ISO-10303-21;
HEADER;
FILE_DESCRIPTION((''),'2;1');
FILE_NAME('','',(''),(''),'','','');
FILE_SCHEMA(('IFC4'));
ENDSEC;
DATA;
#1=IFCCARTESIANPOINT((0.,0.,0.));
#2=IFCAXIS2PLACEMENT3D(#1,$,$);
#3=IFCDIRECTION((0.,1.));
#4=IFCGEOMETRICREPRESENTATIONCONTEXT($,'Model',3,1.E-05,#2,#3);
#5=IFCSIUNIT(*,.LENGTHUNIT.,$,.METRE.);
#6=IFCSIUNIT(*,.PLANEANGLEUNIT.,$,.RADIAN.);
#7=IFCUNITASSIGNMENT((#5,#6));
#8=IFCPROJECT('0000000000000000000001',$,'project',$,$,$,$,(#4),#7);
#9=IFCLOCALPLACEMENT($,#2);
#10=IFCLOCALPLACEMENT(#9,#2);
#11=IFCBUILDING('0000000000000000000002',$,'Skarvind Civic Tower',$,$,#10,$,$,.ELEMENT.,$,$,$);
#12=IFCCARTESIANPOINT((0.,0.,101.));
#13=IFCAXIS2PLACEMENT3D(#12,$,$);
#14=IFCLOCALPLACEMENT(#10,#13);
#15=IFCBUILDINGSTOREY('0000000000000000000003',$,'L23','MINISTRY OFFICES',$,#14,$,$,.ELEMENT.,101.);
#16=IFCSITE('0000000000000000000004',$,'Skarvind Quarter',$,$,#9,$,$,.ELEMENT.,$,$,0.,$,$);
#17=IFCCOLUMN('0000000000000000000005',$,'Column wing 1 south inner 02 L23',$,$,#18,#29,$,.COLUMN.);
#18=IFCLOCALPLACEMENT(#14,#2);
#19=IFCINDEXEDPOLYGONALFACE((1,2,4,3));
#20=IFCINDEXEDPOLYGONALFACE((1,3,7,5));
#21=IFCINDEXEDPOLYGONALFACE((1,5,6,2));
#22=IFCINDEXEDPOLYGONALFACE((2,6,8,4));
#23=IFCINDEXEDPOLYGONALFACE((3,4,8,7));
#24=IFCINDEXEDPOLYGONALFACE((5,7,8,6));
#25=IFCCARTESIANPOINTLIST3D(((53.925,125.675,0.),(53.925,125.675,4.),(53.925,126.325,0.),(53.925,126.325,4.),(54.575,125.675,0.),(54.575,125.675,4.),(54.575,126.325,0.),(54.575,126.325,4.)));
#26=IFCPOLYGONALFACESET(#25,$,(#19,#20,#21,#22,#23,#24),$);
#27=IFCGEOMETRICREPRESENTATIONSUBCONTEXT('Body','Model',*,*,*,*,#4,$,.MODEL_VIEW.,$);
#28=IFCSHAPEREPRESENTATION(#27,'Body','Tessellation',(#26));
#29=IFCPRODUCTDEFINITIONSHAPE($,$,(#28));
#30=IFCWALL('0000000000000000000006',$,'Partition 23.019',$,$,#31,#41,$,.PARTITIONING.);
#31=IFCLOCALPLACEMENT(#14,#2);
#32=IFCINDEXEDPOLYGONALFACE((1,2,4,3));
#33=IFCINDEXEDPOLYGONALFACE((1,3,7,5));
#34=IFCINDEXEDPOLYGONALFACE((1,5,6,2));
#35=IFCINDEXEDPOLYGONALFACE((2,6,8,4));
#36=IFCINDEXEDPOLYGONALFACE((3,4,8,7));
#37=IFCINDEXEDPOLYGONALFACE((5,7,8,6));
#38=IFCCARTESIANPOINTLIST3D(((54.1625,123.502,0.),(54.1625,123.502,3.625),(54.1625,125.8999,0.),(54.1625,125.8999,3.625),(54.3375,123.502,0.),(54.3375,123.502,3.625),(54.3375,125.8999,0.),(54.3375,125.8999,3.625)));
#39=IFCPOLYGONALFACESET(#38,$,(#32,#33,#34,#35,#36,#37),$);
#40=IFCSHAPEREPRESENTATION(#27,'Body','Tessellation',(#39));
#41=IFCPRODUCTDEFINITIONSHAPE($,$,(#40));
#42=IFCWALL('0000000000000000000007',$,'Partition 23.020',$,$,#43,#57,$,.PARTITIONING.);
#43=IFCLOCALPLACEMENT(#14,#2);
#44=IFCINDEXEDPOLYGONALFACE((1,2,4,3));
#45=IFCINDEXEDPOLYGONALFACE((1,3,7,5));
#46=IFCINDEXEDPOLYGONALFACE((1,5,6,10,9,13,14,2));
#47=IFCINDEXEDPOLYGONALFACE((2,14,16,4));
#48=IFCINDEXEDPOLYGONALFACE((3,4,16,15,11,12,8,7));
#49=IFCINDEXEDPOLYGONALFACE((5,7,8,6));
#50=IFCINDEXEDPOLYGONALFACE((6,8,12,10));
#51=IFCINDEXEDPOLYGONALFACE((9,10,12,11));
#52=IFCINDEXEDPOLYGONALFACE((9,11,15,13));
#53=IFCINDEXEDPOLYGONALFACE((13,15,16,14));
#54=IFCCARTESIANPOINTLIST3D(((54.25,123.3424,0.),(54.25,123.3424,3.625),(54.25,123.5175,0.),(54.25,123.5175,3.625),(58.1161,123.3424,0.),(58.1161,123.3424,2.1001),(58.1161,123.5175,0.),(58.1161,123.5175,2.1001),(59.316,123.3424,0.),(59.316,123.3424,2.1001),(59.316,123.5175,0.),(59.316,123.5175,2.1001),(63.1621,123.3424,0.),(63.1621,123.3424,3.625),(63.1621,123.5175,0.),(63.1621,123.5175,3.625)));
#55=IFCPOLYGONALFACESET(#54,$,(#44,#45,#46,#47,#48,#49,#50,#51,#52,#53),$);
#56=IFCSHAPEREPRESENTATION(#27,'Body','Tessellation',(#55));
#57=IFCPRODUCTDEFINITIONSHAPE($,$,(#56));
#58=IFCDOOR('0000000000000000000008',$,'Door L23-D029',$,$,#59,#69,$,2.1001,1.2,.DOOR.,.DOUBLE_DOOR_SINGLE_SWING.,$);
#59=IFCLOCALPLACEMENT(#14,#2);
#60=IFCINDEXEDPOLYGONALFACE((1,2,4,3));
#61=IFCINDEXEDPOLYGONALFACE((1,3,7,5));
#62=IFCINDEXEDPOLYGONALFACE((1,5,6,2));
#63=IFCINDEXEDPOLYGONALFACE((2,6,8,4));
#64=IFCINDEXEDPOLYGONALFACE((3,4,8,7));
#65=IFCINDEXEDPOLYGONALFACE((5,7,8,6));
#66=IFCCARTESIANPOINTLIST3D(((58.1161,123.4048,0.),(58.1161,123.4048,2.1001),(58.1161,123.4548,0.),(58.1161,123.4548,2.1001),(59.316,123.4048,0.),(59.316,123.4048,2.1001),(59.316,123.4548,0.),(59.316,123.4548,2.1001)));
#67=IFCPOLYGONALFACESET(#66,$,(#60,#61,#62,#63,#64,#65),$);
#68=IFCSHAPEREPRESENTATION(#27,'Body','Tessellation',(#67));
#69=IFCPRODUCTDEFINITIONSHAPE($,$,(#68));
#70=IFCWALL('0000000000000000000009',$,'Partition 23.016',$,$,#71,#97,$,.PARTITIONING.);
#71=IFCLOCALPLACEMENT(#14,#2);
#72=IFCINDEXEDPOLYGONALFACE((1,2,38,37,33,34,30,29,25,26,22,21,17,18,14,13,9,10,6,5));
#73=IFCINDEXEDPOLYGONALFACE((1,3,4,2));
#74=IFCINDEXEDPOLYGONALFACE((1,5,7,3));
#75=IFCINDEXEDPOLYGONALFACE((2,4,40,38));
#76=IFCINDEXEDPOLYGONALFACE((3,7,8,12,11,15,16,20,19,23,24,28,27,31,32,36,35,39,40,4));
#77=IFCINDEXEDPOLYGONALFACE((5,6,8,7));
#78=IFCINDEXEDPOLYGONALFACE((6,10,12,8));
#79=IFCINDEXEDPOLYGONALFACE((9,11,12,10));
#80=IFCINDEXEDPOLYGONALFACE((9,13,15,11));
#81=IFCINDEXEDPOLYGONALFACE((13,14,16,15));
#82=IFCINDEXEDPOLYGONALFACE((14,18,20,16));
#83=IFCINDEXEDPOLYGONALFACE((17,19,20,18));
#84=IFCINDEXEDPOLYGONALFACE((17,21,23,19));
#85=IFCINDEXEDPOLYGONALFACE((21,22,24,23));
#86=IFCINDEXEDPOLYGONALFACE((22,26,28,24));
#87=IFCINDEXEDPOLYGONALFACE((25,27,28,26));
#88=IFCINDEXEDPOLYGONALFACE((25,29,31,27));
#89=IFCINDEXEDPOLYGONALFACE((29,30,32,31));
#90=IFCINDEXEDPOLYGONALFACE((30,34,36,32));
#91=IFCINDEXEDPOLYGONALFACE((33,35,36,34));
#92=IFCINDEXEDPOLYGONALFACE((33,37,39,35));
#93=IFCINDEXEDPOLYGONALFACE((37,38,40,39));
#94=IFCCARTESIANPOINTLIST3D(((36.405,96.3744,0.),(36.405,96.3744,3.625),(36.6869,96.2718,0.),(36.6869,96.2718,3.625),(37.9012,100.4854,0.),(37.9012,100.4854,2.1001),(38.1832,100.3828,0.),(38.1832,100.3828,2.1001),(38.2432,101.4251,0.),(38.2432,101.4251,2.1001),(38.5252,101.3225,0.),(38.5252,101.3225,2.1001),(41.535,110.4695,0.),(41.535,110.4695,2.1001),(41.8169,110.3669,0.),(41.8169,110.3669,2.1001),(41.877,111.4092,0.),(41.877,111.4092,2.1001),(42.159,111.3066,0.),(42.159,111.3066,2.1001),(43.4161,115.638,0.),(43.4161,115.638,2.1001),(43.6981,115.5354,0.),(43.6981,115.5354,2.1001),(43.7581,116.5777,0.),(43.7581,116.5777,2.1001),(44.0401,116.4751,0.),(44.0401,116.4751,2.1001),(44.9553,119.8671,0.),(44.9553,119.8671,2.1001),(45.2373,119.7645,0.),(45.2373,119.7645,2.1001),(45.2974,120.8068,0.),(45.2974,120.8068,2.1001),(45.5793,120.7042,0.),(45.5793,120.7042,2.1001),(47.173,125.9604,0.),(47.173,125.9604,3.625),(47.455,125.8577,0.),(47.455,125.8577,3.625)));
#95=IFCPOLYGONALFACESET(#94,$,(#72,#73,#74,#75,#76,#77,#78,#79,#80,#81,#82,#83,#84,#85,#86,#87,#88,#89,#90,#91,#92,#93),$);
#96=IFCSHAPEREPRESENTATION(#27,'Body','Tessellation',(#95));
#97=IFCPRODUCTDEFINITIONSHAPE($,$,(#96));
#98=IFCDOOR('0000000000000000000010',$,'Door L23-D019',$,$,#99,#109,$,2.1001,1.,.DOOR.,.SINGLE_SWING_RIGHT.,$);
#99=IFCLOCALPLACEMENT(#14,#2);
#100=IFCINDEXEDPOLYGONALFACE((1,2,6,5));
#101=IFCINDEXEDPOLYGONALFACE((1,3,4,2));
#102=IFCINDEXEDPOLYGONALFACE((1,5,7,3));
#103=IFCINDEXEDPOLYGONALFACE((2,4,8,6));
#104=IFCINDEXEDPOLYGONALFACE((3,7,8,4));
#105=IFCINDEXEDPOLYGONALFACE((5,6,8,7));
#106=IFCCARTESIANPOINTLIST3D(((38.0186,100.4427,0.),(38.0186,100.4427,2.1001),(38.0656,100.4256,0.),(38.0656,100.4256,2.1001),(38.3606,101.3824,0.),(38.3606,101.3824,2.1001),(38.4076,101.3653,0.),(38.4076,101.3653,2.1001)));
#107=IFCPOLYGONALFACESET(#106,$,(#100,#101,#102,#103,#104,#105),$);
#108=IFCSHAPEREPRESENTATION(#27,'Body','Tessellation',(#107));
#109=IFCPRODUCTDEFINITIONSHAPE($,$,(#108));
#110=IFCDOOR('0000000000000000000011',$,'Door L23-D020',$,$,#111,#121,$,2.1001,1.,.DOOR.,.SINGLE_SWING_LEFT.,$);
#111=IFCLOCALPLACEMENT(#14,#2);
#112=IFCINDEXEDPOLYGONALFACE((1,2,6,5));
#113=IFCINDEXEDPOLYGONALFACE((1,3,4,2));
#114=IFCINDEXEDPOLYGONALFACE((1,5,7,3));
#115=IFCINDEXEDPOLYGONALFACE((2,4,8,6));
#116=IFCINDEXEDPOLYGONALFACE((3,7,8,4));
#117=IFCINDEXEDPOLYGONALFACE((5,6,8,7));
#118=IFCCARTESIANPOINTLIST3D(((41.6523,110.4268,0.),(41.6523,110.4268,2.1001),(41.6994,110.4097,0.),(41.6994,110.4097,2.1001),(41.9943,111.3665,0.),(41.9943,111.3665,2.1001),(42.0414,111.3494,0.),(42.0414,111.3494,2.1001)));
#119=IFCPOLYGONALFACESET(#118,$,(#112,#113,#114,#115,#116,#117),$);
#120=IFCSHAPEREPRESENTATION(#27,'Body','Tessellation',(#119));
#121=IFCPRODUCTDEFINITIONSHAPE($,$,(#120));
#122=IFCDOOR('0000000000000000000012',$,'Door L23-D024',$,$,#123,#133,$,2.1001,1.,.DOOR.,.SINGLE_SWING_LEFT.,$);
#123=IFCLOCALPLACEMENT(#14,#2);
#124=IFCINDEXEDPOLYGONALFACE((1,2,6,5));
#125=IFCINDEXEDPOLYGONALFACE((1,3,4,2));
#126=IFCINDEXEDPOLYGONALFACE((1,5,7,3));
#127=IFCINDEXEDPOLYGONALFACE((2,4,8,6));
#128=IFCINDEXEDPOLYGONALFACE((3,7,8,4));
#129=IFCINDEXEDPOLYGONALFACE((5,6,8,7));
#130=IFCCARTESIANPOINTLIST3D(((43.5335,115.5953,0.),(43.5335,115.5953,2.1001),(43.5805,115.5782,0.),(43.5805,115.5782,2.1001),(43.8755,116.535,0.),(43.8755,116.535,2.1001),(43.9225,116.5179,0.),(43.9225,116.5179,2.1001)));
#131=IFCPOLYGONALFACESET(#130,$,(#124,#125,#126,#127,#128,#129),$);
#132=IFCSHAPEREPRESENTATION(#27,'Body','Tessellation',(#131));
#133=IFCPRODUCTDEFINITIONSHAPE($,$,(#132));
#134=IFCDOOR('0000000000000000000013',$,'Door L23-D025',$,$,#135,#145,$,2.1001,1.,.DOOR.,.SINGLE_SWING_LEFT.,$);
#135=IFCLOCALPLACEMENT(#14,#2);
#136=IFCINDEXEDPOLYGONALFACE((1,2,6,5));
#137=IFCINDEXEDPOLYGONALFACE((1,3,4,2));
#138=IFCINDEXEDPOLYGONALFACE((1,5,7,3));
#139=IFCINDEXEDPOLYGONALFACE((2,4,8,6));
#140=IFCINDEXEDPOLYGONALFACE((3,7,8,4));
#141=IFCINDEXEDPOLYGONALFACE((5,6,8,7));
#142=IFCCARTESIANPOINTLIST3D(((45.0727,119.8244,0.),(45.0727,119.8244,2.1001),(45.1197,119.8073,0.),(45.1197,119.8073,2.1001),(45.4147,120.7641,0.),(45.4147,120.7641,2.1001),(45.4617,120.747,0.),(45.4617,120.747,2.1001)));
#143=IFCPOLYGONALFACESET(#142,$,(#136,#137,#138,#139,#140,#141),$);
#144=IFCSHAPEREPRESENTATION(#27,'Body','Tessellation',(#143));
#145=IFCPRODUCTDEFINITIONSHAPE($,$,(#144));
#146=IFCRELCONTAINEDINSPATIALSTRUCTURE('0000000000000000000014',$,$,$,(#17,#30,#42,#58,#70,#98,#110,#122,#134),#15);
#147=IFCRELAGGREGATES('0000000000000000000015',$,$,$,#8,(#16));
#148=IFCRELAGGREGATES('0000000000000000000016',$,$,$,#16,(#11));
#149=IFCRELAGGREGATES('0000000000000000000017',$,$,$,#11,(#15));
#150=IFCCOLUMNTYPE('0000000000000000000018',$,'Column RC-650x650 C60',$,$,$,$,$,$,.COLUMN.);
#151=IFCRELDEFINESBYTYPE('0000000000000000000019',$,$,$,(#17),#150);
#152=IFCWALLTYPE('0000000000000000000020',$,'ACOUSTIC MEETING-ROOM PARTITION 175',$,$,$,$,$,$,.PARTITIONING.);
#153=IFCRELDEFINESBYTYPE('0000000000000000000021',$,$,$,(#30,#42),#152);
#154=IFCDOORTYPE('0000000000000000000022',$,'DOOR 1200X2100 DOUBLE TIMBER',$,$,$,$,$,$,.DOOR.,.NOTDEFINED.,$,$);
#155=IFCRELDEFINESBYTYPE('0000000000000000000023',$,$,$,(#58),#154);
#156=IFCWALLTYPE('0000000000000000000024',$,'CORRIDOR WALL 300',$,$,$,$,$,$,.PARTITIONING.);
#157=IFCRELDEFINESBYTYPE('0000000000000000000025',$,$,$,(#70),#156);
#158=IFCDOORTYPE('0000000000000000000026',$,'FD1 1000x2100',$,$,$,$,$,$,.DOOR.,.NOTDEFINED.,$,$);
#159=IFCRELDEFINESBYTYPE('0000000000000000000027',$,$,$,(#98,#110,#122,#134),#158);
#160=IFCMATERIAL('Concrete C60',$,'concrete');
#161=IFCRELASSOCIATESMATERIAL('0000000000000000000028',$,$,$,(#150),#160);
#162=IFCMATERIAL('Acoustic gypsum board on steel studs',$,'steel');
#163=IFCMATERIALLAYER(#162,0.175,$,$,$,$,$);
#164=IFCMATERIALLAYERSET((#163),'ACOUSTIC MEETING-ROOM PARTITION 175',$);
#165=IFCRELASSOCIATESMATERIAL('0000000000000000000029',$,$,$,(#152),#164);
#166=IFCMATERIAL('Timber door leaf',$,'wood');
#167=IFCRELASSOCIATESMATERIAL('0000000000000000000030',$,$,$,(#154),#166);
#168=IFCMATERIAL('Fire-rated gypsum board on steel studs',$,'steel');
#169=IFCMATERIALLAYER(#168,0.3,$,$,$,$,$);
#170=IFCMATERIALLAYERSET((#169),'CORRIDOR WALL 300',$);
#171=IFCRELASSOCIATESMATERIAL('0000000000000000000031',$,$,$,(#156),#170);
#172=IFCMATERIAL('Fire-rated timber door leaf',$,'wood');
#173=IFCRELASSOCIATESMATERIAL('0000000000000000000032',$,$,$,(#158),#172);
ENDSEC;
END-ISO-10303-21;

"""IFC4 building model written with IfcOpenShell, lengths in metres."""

from ifc_helpers import new_model, si_unit, direction, frame, frame_2d, origin, origin_2d, place, context, subcontext, project, spatial, rectangle, extrude, material, layer, layer_set, material_profile, profile_set, type_object, element, fill, save


model = new_model("IFC4")

# Units and contexts
model_context = context("Model", 3, precision=1e-05, world=origin(), true_north=direction((0.0, 1.0)))
body_context = subcontext(model_context, "Body", "Model", "MODEL_VIEW")
ifc_project = project(units=[si_unit("LENGTHUNIT", "METRE"), si_unit("PLANEANGLEUNIT", "RADIAN")], contexts=[model_context])

# Site, building, storey
site_placement = place(None, origin())
site = spatial("IfcSite", under=ifc_project, at=site_placement, Name="Skarvind Quarter", CompositionType="ELEMENT", RefElevation=0.0)
building_placement = place(site_placement, origin())
building = spatial("IfcBuilding", under=site, at=building_placement, Name="Skarvind Civic Tower", CompositionType="ELEMENT")
storey_placement = place(building_placement, frame((0.0, 0.0, 101.0)))
storey = spatial("IfcBuildingStorey", under=building, at=storey_placement, Name="L23", Description="MINISTRY OFFICES", CompositionType="ELEMENT", Elevation=101.0)

# Column
ifc_material_1 = material(Name="Concrete C60", Category="concrete")
ifc_material_profile = material_profile(ifc_material_1, rectangle(XDim=0.6499, YDim=0.6499, at=origin_2d()), Name="RC-650x650")
ifc_profile_set = profile_set([ifc_material_profile], Name="Concrete C60")
column_type = type_object("IfcColumnType", Name="Column RC-650x650 C60", PredefinedType="COLUMN", material=ifc_profile_set)
column_placement = place(storey_placement, frame((54.25, 126.0, 0.0), z_axis=(0.0, 0.0, 1.0), x_axis=(1.0, 0.0, 0.0)))
element("IfcColumn", 1, at=column_placement, inside=storey, type_object=column_type, Name="Column wing 1 south inner 02 L23", PredefinedType="COLUMN", context=body_context, shape_type="SweptSolid", body=[
    extrude(rectangle(XDim=0.6499, YDim=0.6499, at=origin_2d()), origin(), (0.0, 0.0, 1.0), 4.0),
])

# Wall
ifc_material_2 = material(Name="Acoustic gypsum board on steel studs", Category="steel")
ifc_layer_1 = layer(ifc_material_2, 0.175)
ifc_layer_set_1 = layer_set([ifc_layer_1], Name="ACOUSTIC MEETING-ROOM PARTITION 175")
wall_type_1 = type_object("IfcWallType", Name="ACOUSTIC MEETING-ROOM PARTITION 175", PredefinedType="PARTITIONING", material=ifc_layer_set_1)
wall_1_placement = place(storey_placement, frame((54.25, 123.502, 0.0), z_axis=(0.0, 0.0, 1.0), x_axis=(0.0, 1.0, 0.0)))
element("IfcWall", 2, at=wall_1_placement, inside=storey, type_object=wall_type_1, Name="Partition 23.019", PredefinedType="PARTITIONING", context=body_context, shape_type="SweptSolid", body=[
    extrude(rectangle(XDim=2.3979, YDim=0.175, at=frame_2d((1.199, 0.0))), origin(), (0.0, 0.0, 1.0), 3.625),
])

# Wall, opening, door
wall_2_placement = place(storey_placement, frame((54.25, 123.4299, 0.0), z_axis=(0.0, 0.0, 1.0), x_axis=(1.0, 0.0, 0.0)))
wall_2 = element("IfcWall", 3, at=wall_2_placement, inside=storey, type_object=wall_type_1, Name="Partition 23.020", PredefinedType="PARTITIONING", context=body_context, shape_type="SweptSolid", body=[
    extrude(rectangle(XDim=8.9121, YDim=0.175, at=frame_2d((4.4561, 0.0))), origin(), (0.0, 0.0, 1.0), 3.625),
])
opening_1_placement = place(wall_2_placement, frame((3.866, 0.0, 0.0)))
opening_1 = element("IfcOpeningElement", 4, at=opening_1_placement, cuts=wall_2, PredefinedType="OPENING", context=body_context, shape_type="SweptSolid", body=[
    extrude(rectangle(XDim=1.2, YDim=2.1001, at=frame_2d((0.6001, 1.05))), frame((0.0, 0.0974, 0.0), z_axis=(0.0, -1.0, 0.0), x_axis=(1.0, 0.0, 0.0)), (0.0, 0.0, 1.0), 0.1951),
])
ifc_material_3 = material(Name="Timber door leaf", Category="wood")
door_type_1 = type_object("IfcDoorType", Name="DOOR 1200X2100 DOUBLE TIMBER", OperationType="NOTDEFINED", PredefinedType="DOOR", material=ifc_material_3)
door_1_placement = place(opening_1_placement, origin())
door_1 = element("IfcDoor", 5, at=door_1_placement, inside=storey, type_object=door_type_1, Name="Door L23-D029", OperationType="DOUBLE_DOOR_SINGLE_SWING", OverallHeight=2.1001, OverallWidth=1.2, PredefinedType="DOOR", context=body_context, shape_type="SweptSolid", body=[
    extrude(rectangle(XDim=1.2, YDim=2.1001, at=frame_2d((0.6001, 1.05))), frame((0.0, 0.0249, 0.0), z_axis=(0.0, -1.0, 0.0), x_axis=(1.0, 0.0, 0.0)), (0.0, 0.0, 1.0), 0.05),
])
fill(opening_1, door_1)

# Wall, openings, doors
ifc_material_4 = material(Name="Fire-rated gypsum board on steel studs", Category="steel")
ifc_layer_2 = layer(ifc_material_4, 0.3)
ifc_layer_set_2 = layer_set([ifc_layer_2], Name="CORRIDOR WALL 300")
wall_type_2 = type_object("IfcWallType", Name="CORRIDOR WALL 300", PredefinedType="PARTITIONING", material=ifc_layer_set_2)
wall_3_placement = place(storey_placement, frame((47.314, 125.9089, 0.0), z_axis=(0.0, 0.0, 1.0), x_axis=(-0.342011, -0.939696, 0.0)))
wall_3 = element("IfcWall", 6, at=wall_3_placement, inside=storey, type_object=wall_type_2, Name="Partition 23.016", PredefinedType="PARTITIONING", context=body_context, shape_type="SweptSolid", body=[
    extrude(rectangle(XDim=31.4846, YDim=0.3, at=frame_2d((15.7422, 0.0))), origin(), (0.0, 0.0, 1.0), 3.625),
])
opening_2_placement = place(wall_3_placement, frame((26.1096, 0.0, 0.0)))
opening_2 = element("IfcOpeningElement", 7, at=opening_2_placement, cuts=wall_3, PredefinedType="OPENING", context=body_context, shape_type="SweptSolid", body=[
    extrude(rectangle(XDim=1.0, YDim=2.1001, at=frame_2d((0.5, 1.05))), frame((0.0, 0.1599, 0.0), z_axis=(0.0, -1.0, 0.0), x_axis=(1.0, 0.0, 0.0)), (0.0, 0.0, 1.0), 0.3201),
])
opening_3_placement = place(wall_3_placement, frame((15.4849, 0.0, 0.0)))
opening_3 = element("IfcOpeningElement", 8, at=opening_3_placement, cuts=wall_3, PredefinedType="OPENING", context=body_context, shape_type="SweptSolid", body=[
    extrude(rectangle(XDim=1.0, YDim=2.1001, at=frame_2d((0.5, 1.05))), frame((0.0, 0.1599, 0.0), z_axis=(0.0, -1.0, 0.0), x_axis=(1.0, 0.0, 0.0)), (0.0, 0.0, 1.0), 0.3201),
])
opening_4_placement = place(wall_3_placement, frame((9.9846, 0.0, 0.0)))
opening_4 = element("IfcOpeningElement", 9, at=opening_4_placement, cuts=wall_3, PredefinedType="OPENING", context=body_context, shape_type="SweptSolid", body=[
    extrude(rectangle(XDim=1.0, YDim=2.1001, at=frame_2d((0.5, 1.05))), frame((0.0, 0.1599, 0.0), z_axis=(0.0, -1.0, 0.0), x_axis=(1.0, 0.0, 0.0)), (0.0, 0.0, 1.0), 0.3201),
])
opening_5_placement = place(wall_3_placement, frame((5.4841, 0.0, 0.0)))
opening_5 = element("IfcOpeningElement", 10, at=opening_5_placement, cuts=wall_3, PredefinedType="OPENING", context=body_context, shape_type="SweptSolid", body=[
    extrude(rectangle(XDim=1.0, YDim=2.1001, at=frame_2d((0.5, 1.05))), frame((0.0, 0.1599, 0.0), z_axis=(0.0, -1.0, 0.0), x_axis=(1.0, 0.0, 0.0)), (0.0, 0.0, 1.0), 0.3201),
])
ifc_material_5 = material(Name="Fire-rated timber door leaf", Category="wood")
door_type_2 = type_object("IfcDoorType", Name="FD1 1000x2100", OperationType="NOTDEFINED", PredefinedType="DOOR", material=ifc_material_5)
door_2_placement = place(opening_2_placement, origin())
door_2 = element("IfcDoor", 11, at=door_2_placement, inside=storey, type_object=door_type_2, Name="Door L23-D019", OperationType="SINGLE_SWING_RIGHT", OverallHeight=2.1001, OverallWidth=1.0, PredefinedType="DOOR", context=body_context, shape_type="SweptSolid", body=[
    extrude(rectangle(XDim=1.0, YDim=2.1001, at=frame_2d((0.5, 1.05))), frame((0.0, 0.0249, 0.0), z_axis=(0.0, -1.0, 0.0), x_axis=(1.0, 0.0, 0.0)), (0.0, 0.0, 1.0), 0.05),
])
fill(opening_2, door_2)
door_3_placement = place(opening_3_placement, origin())
door_3 = element("IfcDoor", 12, at=door_3_placement, inside=storey, type_object=door_type_2, Name="Door L23-D020", OperationType="SINGLE_SWING_LEFT", OverallHeight=2.1001, OverallWidth=1.0, PredefinedType="DOOR", context=body_context, shape_type="SweptSolid", body=[
    extrude(rectangle(XDim=1.0, YDim=2.1001, at=frame_2d((0.5, 1.05))), frame((0.0, 0.0249, 0.0), z_axis=(0.0, -1.0, 0.0), x_axis=(1.0, 0.0, 0.0)), (0.0, 0.0, 1.0), 0.05),
])
fill(opening_3, door_3)
door_4_placement = place(opening_4_placement, origin())
door_4 = element("IfcDoor", 13, at=door_4_placement, inside=storey, type_object=door_type_2, Name="Door L23-D024", OperationType="SINGLE_SWING_LEFT", OverallHeight=2.1001, OverallWidth=1.0, PredefinedType="DOOR", context=body_context, shape_type="SweptSolid", body=[
    extrude(rectangle(XDim=1.0, YDim=2.1001, at=frame_2d((0.5, 1.05))), frame((0.0, 0.0249, 0.0), z_axis=(0.0, -1.0, 0.0), x_axis=(1.0, 0.0, 0.0)), (0.0, 0.0, 1.0), 0.05),
])
fill(opening_4, door_4)
door_5_placement = place(opening_5_placement, origin())
door_5 = element("IfcDoor", 14, at=door_5_placement, inside=storey, type_object=door_type_2, Name="Door L23-D025", OperationType="SINGLE_SWING_LEFT", OverallHeight=2.1001, OverallWidth=1.0, PredefinedType="DOOR", context=body_context, shape_type="SweptSolid", body=[
    extrude(rectangle(XDim=1.0, YDim=2.1001, at=frame_2d((0.5, 1.05))), frame((0.0, 0.0249, 0.0), z_axis=(0.0, -1.0, 0.0), x_axis=(1.0, 0.0, 0.0)), (0.0, 0.0, 1.0), 0.05),
])
fill(opening_5, door_5)

save(model, "model.ifc")
